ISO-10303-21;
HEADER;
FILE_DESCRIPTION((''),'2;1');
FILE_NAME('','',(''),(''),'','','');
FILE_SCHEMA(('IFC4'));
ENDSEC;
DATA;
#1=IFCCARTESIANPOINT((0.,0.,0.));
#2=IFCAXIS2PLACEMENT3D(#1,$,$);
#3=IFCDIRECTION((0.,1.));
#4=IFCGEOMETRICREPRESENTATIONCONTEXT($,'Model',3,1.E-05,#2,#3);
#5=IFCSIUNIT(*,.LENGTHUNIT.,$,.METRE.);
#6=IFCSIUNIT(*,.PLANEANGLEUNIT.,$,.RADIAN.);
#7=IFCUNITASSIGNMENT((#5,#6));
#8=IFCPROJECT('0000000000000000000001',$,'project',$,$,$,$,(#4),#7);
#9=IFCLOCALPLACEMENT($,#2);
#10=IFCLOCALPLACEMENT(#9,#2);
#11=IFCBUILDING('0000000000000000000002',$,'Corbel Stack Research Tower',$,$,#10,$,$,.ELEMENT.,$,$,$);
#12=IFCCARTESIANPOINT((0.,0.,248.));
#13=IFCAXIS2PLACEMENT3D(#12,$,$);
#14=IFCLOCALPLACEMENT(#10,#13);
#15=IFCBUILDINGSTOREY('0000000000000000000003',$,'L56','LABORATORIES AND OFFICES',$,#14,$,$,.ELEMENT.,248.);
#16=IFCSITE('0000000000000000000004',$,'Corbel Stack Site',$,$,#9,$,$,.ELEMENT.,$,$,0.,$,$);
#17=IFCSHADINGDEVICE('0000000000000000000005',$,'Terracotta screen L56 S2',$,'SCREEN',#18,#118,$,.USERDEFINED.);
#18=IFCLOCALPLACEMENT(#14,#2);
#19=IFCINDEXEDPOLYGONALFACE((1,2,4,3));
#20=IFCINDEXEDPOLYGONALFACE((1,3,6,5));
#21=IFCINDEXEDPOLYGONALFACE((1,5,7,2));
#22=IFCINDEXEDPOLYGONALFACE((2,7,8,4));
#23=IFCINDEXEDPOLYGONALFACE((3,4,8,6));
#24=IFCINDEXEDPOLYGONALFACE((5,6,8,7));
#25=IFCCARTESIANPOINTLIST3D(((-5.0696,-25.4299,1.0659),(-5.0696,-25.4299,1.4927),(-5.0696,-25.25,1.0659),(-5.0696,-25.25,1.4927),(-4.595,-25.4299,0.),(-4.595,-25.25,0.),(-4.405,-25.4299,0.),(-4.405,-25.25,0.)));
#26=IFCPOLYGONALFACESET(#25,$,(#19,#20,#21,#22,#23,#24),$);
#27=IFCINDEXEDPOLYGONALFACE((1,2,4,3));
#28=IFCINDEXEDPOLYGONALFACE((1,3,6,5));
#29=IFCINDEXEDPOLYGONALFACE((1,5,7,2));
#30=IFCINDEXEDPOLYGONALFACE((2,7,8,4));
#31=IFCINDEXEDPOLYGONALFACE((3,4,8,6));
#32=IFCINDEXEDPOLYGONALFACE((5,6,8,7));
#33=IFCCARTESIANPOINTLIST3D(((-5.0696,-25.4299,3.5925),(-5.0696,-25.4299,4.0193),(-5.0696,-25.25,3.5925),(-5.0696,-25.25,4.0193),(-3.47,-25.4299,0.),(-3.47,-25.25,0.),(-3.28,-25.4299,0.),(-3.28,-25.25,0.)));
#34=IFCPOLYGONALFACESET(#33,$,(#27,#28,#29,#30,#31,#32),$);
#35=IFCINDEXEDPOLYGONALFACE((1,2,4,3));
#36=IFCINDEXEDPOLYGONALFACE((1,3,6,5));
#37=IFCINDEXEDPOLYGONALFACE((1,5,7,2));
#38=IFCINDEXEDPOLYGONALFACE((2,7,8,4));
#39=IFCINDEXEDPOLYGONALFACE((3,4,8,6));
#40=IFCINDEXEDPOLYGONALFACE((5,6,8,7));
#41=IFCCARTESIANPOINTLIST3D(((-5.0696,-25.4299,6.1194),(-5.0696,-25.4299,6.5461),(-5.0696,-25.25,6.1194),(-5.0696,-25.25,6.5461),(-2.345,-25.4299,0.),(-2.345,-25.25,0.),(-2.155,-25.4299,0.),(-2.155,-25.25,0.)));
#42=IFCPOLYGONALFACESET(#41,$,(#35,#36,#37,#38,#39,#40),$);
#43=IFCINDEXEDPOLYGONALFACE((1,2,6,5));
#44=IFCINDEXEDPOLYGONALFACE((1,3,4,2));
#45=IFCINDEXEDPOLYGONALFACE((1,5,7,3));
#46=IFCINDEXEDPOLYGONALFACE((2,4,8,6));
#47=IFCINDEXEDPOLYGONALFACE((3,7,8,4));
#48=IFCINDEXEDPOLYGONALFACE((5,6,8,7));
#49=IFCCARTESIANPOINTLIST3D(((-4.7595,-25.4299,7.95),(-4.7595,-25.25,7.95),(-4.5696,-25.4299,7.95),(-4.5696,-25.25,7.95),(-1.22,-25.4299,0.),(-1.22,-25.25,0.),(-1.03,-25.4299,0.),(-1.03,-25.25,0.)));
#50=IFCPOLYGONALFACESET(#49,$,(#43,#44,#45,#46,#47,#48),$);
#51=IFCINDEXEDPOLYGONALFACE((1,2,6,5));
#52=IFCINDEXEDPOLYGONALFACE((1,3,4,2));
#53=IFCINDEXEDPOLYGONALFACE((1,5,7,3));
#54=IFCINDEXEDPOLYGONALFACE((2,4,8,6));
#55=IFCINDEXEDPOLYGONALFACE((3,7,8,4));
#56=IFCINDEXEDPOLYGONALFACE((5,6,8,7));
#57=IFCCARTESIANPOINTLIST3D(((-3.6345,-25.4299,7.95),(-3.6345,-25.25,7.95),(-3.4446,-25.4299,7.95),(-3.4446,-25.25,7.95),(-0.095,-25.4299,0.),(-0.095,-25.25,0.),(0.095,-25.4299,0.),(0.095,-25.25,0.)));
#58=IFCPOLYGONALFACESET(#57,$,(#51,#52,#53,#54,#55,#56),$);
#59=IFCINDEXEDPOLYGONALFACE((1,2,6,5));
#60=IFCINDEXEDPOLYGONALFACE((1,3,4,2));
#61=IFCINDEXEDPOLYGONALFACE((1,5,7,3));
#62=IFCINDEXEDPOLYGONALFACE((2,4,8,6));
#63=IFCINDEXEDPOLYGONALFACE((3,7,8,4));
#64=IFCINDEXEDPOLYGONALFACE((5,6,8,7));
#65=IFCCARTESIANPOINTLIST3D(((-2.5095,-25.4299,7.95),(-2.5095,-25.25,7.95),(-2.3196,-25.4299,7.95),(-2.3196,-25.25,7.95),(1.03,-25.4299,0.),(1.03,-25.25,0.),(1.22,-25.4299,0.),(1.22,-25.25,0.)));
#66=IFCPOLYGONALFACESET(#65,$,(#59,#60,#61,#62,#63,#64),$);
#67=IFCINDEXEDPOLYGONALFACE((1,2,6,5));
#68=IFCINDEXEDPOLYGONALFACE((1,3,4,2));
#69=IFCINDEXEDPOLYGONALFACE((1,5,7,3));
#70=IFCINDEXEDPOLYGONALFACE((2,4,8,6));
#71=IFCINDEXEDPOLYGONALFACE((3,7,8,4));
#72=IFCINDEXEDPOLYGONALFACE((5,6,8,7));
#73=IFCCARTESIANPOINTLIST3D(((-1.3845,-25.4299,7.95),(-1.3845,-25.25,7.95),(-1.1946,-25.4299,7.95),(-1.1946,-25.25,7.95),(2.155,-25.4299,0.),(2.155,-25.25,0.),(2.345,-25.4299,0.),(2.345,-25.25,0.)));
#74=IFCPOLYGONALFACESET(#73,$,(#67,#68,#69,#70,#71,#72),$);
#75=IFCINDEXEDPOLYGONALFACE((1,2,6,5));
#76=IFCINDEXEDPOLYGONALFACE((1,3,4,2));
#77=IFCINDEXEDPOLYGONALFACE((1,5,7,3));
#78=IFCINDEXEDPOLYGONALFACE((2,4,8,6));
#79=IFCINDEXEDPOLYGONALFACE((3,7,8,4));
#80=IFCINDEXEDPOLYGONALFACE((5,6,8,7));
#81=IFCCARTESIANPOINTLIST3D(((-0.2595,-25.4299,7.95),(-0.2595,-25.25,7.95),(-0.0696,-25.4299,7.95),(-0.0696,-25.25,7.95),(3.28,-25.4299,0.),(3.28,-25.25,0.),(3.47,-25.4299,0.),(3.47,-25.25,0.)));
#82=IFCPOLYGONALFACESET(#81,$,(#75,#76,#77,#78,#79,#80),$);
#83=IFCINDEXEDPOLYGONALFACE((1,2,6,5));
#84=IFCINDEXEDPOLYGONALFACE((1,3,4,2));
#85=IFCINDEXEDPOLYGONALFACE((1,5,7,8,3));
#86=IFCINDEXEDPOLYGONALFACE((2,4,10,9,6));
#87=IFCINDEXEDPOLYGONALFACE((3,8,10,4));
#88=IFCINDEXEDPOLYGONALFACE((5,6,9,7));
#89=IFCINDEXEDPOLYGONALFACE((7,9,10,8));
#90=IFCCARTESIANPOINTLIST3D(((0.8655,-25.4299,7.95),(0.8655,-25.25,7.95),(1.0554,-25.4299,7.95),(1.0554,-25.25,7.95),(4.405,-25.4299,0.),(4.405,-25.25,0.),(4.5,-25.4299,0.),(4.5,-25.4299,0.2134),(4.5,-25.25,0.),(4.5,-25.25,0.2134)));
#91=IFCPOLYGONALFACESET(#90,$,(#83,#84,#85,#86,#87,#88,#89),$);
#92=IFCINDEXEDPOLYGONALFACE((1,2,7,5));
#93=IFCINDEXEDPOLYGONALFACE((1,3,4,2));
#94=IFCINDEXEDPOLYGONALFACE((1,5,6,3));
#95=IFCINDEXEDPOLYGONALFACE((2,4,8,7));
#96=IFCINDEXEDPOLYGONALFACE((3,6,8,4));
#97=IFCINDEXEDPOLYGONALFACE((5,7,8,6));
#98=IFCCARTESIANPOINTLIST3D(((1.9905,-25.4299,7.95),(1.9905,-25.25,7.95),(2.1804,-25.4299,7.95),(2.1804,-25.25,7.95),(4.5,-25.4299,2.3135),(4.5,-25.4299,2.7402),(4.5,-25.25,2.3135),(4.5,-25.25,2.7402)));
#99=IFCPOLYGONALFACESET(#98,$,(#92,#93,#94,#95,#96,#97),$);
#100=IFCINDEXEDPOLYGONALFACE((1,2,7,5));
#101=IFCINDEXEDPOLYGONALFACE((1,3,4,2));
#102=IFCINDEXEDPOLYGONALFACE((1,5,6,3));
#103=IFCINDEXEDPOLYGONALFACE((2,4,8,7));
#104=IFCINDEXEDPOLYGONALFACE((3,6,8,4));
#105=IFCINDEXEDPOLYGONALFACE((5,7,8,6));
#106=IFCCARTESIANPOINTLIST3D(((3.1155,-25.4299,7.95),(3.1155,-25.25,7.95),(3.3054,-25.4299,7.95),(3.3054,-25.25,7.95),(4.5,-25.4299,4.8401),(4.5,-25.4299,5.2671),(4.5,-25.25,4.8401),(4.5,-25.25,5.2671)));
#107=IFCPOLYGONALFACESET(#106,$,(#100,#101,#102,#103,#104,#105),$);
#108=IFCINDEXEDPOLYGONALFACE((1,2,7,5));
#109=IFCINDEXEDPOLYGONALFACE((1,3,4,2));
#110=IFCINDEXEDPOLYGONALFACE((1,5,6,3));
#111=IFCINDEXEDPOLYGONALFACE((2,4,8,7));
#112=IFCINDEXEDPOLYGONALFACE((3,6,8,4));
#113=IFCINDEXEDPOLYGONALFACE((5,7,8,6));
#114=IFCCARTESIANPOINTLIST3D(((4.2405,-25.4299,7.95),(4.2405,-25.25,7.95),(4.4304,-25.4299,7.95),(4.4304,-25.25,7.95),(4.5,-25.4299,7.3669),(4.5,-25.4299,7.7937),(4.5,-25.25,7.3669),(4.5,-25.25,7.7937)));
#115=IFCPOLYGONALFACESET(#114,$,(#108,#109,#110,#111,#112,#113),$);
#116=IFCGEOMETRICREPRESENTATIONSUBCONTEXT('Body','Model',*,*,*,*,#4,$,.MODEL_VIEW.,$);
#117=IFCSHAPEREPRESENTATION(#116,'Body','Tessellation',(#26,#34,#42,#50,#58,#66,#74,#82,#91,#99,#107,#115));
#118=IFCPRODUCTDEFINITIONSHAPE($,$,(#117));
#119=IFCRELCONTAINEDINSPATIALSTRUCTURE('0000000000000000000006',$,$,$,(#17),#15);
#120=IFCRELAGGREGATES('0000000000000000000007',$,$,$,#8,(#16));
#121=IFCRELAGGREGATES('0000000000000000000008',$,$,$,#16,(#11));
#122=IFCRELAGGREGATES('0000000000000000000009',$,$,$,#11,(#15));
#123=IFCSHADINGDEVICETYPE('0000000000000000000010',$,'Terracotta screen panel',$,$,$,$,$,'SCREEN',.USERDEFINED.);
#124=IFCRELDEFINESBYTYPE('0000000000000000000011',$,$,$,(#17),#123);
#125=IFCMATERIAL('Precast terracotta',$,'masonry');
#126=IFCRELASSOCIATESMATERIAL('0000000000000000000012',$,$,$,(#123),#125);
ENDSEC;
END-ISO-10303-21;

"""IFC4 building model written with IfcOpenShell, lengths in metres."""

from ifc_helpers import new_model, si_unit, direction, frame, origin, place, context, subcontext, project, spatial, polyline, outline, extrude, source, transform, mapped, material, type_object, element, save


model = new_model("IFC4")

# Units and contexts
model_context = context("Model", 3, precision=1e-05, world=origin(), true_north=direction((0.0, 1.0)))
body_context = subcontext(model_context, "Body", "Model", "MODEL_VIEW")
ifc_project = project(units=[si_unit("LENGTHUNIT", "METRE"), si_unit("PLANEANGLEUNIT", "RADIAN")], contexts=[model_context])

# Site, building, storey
site_placement = place(None, origin())
site = spatial("IfcSite", under=ifc_project, at=site_placement, Name="Corbel Stack Site", CompositionType="ELEMENT", RefElevation=0.0)
building_placement = place(site_placement, origin())
building = spatial("IfcBuilding", under=site, at=building_placement, Name="Corbel Stack Research Tower", CompositionType="ELEMENT")
storey_placement = place(building_placement, frame((0.0, 0.0, 248.0)))
storey = spatial("IfcBuildingStorey", under=building, at=storey_placement, Name="L56", Description="LABORATORIES AND OFFICES", CompositionType="ELEMENT", Elevation=248.0)

# Shading device
ifc_material_1 = material(Name="Precast terracotta", Category="masonry")
shading_device_type = type_object("IfcShadingDeviceType", Name="Terracotta screen panel", ElementType="SCREEN", PredefinedType="USERDEFINED", material=ifc_material_1)
shared_shape = source(origin(), body_context, "Body", "SweptSolid", [
    extrude(outline(polyline([(0.6646, 0.0), (0.0, 1.4927), (0.0, 1.0659), (0.4746, 0.0), (0.6646, 0.0)])), frame((0.0, 0.0, 0.0), z_axis=(0.0, -1.0, 0.0), x_axis=(1.0, 0.0, 0.0)), (0.0, 0.0, 1.0), 0.1799),
    extrude(outline(polyline([(1.7896, 0.0), (0.0, 4.0193), (0.0, 3.5925), (1.5996, 0.0), (1.7896, 0.0)])), frame((0.0, 0.0, 0.0), z_axis=(0.0, -1.0, 0.0), x_axis=(1.0, 0.0, 0.0)), (0.0, 0.0, 1.0), 0.1799),
    extrude(outline(polyline([(2.9146, 0.0), (0.0, 6.5461), (0.0, 6.1194), (2.7246, 0.0), (2.9146, 0.0)])), frame((0.0, 0.0, 0.0), z_axis=(0.0, -1.0, 0.0), x_axis=(1.0, 0.0, 0.0)), (0.0, 0.0, 1.0), 0.1799),
    extrude(outline(polyline([(4.0396, 0.0), (0.5, 7.95), (0.3101, 7.95), (3.8496, 0.0), (4.0396, 0.0)])), frame((0.0, 0.0, 0.0), z_axis=(0.0, -1.0, 0.0), x_axis=(1.0, 0.0, 0.0)), (0.0, 0.0, 1.0), 0.1799),
    extrude(outline(polyline([(5.1646, 0.0), (1.625, 7.95), (1.4351, 7.95), (4.9746, 0.0), (5.1646, 0.0)])), frame((0.0, 0.0, 0.0), z_axis=(0.0, -1.0, 0.0), x_axis=(1.0, 0.0, 0.0)), (0.0, 0.0, 1.0), 0.1799),
    extrude(outline(polyline([(6.2896, 0.0), (2.75, 7.95), (2.5601, 7.95), (6.0996, 0.0), (6.2896, 0.0)])), frame((0.0, 0.0, 0.0), z_axis=(0.0, -1.0, 0.0), x_axis=(1.0, 0.0, 0.0)), (0.0, 0.0, 1.0), 0.1799),
    extrude(outline(polyline([(7.4146, 0.0), (3.875, 7.95), (3.6851, 7.95), (7.2246, 0.0), (7.4146, 0.0)])), frame((0.0, 0.0, 0.0), z_axis=(0.0, -1.0, 0.0), x_axis=(1.0, 0.0, 0.0)), (0.0, 0.0, 1.0), 0.1799),
    extrude(outline(polyline([(8.5396, 0.0), (5.0, 7.95), (4.8101, 7.95), (8.3496, 0.0), (8.5396, 0.0)])), frame((0.0, 0.0, 0.0), z_axis=(0.0, -1.0, 0.0), x_axis=(1.0, 0.0, 0.0)), (0.0, 0.0, 1.0), 0.1799),
    extrude(outline(polyline([(9.5696, 0.0), (9.5696, 0.2134), (6.125, 7.95), (5.9351, 7.95), (9.4746, 0.0), (9.5696, 0.0)])), frame((0.0, 0.0, 0.0), z_axis=(0.0, -1.0, 0.0), x_axis=(1.0, 0.0, 0.0)), (0.0, 0.0, 1.0), 0.1799),
    extrude(outline(polyline([(7.25, 7.95), (7.0601, 7.95), (9.5696, 2.3135), (9.5696, 2.7402), (7.25, 7.95)])), frame((0.0, 0.0, 0.0), z_axis=(0.0, -1.0, 0.0), x_axis=(1.0, 0.0, 0.0)), (0.0, 0.0, 1.0), 0.1799),
    extrude(outline(polyline([(8.375, 7.95), (8.1851, 7.95), (9.5696, 4.8401), (9.5696, 5.2671), (8.375, 7.95)])), frame((0.0, 0.0, 0.0), z_axis=(0.0, -1.0, 0.0), x_axis=(1.0, 0.0, 0.0)), (0.0, 0.0, 1.0), 0.1799),
    extrude(outline(polyline([(9.5, 7.95), (9.3101, 7.95), (9.5696, 7.3669), (9.5696, 7.7937), (9.5, 7.95)])), frame((0.0, 0.0, 0.0), z_axis=(0.0, -1.0, 0.0), x_axis=(1.0, 0.0, 0.0)), (0.0, 0.0, 1.0), 0.1799),
])
shading_device_placement = place(storey_placement, frame((-5.0696, -25.25, 0.0), z_axis=(0.0, 0.0, 1.0), x_axis=(1.0, 0.0, 0.0)))
element("IfcShadingDevice", 1, at=shading_device_placement, inside=storey, type_object=shading_device_type, Name="Terracotta screen L56 S2", ObjectType="SCREEN", PredefinedType="USERDEFINED", context=body_context, shape_type="MappedRepresentation", body=[
    mapped(shared_shape, transform((0.0, 0.0, 0.0))),
])

save(model, "model.ifc")
